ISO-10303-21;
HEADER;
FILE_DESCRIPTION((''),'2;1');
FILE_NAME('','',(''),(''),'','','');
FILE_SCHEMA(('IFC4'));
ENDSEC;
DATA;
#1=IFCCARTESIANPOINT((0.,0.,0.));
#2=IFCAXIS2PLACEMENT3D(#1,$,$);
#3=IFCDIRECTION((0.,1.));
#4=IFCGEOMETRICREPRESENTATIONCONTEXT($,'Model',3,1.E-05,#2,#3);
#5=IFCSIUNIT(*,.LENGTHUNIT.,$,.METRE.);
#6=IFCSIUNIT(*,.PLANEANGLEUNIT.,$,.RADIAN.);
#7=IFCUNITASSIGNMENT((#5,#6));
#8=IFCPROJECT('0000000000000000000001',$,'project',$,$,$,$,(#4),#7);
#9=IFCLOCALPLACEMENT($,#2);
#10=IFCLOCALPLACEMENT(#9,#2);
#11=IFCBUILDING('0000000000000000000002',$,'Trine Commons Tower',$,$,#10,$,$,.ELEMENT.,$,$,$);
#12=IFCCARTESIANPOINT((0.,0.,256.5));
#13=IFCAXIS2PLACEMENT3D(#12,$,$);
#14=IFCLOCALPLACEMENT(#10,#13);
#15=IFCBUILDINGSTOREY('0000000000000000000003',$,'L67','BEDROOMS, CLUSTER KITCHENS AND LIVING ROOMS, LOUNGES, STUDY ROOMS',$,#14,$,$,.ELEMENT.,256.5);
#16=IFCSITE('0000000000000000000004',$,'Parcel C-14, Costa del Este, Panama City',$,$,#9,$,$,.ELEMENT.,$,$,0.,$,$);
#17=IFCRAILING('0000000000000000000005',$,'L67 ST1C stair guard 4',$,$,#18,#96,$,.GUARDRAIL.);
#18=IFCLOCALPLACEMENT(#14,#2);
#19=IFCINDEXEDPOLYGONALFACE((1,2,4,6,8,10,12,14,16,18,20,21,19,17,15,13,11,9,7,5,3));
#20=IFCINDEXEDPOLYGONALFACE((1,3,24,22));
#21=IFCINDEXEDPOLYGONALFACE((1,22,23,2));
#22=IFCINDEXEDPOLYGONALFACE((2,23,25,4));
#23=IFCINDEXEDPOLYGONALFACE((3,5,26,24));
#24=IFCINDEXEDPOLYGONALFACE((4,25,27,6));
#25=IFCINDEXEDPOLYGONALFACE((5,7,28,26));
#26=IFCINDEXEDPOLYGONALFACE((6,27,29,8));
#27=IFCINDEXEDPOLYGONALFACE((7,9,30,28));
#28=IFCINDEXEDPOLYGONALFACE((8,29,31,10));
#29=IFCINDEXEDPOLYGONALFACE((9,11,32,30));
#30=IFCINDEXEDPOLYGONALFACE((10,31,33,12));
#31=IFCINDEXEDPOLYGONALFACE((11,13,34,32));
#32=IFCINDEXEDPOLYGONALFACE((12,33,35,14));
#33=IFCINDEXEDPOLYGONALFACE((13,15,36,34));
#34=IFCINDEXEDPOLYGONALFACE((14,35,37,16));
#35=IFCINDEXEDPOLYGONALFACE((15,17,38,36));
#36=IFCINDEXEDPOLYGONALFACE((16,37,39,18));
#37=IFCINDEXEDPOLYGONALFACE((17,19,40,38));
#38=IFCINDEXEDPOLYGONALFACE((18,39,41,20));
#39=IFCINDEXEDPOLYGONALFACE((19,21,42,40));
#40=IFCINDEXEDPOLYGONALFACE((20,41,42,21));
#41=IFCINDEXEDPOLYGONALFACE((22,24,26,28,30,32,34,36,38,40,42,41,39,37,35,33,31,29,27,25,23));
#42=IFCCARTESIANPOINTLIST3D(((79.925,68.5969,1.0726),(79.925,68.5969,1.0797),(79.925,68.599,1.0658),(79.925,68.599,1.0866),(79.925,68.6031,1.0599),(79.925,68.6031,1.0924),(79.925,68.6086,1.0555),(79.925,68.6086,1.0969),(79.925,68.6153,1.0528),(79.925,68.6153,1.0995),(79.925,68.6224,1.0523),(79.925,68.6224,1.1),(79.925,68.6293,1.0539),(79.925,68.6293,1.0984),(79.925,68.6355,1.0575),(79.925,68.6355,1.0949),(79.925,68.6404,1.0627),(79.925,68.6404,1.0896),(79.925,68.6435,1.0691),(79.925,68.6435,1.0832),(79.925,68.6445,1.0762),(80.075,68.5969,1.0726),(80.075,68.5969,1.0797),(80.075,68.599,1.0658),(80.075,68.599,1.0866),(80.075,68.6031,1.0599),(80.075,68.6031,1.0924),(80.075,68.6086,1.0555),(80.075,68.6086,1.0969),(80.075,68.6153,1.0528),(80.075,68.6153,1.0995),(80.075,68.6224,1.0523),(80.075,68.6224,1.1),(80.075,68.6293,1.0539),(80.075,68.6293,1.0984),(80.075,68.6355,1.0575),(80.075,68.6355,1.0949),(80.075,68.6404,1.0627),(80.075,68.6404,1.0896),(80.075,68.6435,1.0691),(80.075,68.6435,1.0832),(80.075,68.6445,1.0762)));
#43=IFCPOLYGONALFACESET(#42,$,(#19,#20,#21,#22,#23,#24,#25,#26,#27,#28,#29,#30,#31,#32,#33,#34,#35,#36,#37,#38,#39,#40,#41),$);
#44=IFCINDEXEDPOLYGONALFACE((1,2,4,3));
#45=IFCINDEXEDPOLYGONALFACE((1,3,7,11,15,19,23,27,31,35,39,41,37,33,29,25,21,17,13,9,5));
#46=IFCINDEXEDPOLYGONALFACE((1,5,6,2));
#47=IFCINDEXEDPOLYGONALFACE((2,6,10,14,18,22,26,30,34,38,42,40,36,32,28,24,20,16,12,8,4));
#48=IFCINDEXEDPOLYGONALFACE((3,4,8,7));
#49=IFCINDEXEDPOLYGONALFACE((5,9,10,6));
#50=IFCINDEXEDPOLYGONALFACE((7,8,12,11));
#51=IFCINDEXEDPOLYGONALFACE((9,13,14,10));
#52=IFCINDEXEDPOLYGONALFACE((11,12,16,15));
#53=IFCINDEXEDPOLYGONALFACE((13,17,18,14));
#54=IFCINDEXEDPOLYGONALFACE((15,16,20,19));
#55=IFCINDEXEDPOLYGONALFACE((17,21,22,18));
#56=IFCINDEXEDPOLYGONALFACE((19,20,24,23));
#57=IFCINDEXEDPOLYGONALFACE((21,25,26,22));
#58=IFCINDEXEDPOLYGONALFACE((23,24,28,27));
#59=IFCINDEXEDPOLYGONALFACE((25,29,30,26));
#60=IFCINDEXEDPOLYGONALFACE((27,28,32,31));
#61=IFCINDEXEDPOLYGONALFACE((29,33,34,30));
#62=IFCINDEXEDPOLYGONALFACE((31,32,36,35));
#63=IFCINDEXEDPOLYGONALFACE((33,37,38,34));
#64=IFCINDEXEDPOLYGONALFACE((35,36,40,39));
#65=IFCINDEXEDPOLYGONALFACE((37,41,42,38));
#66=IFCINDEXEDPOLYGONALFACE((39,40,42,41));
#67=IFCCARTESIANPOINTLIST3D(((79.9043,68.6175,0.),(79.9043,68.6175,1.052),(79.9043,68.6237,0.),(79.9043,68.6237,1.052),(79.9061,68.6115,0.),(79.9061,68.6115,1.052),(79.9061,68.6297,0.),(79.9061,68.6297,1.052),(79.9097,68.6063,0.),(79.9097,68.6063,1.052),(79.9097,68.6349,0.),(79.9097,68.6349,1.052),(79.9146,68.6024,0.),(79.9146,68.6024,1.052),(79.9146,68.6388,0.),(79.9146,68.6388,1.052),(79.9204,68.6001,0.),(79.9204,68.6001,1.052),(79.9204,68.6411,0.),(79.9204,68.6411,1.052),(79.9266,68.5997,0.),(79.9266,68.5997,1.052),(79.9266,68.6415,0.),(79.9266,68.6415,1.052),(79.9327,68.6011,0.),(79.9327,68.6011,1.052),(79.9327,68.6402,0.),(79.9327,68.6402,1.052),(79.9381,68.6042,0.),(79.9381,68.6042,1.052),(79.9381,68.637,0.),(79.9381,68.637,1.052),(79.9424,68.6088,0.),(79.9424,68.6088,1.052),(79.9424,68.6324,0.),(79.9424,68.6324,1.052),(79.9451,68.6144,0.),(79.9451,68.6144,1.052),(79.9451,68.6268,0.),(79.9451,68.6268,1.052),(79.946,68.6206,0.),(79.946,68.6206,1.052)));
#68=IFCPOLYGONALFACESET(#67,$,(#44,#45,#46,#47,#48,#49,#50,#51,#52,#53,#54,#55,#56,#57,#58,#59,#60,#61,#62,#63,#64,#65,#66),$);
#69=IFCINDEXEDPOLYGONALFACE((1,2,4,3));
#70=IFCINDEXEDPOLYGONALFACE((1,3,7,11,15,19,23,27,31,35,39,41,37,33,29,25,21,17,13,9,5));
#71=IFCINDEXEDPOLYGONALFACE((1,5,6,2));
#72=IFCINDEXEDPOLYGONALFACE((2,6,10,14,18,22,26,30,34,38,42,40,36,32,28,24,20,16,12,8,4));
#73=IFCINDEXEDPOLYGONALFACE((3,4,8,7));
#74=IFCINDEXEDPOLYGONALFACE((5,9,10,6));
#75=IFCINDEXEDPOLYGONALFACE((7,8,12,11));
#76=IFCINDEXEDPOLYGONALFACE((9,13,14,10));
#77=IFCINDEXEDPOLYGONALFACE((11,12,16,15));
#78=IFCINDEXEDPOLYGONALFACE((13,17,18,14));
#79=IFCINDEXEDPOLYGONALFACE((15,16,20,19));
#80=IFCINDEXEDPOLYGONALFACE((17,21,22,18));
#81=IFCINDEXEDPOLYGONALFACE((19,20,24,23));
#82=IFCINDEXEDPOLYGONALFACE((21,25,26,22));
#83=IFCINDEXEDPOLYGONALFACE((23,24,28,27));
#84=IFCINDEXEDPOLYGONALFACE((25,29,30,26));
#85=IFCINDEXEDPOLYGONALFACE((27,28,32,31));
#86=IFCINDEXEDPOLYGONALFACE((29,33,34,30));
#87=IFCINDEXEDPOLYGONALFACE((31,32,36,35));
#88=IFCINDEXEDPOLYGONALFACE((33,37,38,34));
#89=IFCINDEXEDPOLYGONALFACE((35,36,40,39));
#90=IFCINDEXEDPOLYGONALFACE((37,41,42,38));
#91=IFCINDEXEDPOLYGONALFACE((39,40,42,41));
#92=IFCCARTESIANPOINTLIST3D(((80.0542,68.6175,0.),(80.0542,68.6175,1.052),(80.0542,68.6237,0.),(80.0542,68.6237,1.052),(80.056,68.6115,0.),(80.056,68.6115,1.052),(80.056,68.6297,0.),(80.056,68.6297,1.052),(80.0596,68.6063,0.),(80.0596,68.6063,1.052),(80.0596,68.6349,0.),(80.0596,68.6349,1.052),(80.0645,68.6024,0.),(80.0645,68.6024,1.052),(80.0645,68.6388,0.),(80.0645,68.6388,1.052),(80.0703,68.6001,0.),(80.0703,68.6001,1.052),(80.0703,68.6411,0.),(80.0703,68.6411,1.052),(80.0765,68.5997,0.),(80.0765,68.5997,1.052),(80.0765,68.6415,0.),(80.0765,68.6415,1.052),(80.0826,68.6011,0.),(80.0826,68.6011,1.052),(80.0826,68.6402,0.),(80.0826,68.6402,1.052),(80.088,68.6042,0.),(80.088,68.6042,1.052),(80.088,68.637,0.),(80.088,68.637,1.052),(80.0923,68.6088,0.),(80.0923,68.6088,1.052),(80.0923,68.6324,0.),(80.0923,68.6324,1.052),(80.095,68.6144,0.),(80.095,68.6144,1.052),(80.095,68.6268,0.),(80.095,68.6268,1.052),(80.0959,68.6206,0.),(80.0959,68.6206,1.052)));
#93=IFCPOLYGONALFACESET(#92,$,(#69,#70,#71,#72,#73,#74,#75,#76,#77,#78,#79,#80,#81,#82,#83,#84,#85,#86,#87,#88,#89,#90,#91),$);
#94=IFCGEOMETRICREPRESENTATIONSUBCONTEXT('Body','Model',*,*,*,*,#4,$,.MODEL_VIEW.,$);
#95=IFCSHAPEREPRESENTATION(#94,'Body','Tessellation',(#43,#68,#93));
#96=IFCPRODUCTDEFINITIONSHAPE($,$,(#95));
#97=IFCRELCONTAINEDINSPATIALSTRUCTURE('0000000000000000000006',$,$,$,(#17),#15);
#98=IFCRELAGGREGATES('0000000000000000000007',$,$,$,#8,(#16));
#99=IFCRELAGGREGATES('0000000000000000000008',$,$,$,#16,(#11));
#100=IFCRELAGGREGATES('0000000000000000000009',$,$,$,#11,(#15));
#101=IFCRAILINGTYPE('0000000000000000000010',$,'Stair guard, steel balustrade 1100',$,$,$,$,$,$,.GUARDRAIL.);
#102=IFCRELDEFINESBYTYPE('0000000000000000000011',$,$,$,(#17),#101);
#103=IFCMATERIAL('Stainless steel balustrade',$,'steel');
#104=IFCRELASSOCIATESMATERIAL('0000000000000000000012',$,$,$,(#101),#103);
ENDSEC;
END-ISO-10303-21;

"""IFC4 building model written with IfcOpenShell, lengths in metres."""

from ifc_helpers import new_model, si_unit, direction, frame, origin, origin_2d, place, context, subcontext, project, spatial, circle, extrude, material, type_object, element, save


model = new_model("IFC4")

# Units and contexts
model_context = context("Model", 3, precision=1e-05, world=origin(), true_north=direction((0.0, 1.0)))
body_context = subcontext(model_context, "Body", "Model", "MODEL_VIEW")
ifc_project = project(units=[si_unit("LENGTHUNIT", "METRE"), si_unit("PLANEANGLEUNIT", "RADIAN")], contexts=[model_context])

# Site, building, storey
site_placement = place(None, origin())
site = spatial("IfcSite", under=ifc_project, at=site_placement, Name="Parcel C-14, Costa del Este, Panama City", CompositionType="ELEMENT", RefElevation=0.0)
building_placement = place(site_placement, origin())
building = spatial("IfcBuilding", under=site, at=building_placement, Name="Trine Commons Tower", CompositionType="ELEMENT")
storey_placement = place(building_placement, frame((0.0, 0.0, 256.5)))
storey = spatial("IfcBuildingStorey", under=building, at=storey_placement, Name="L67", Description="BEDROOMS, CLUSTER KITCHENS AND LIVING ROOMS, LOUNGES, STUDY ROOMS", CompositionType="ELEMENT", Elevation=256.5)

# Railing
ifc_material_1 = material(Name="Stainless steel balustrade", Category="steel")
railing_type_1 = type_object("IfcRailingType", Name="Stair guard, steel balustrade 1100", PredefinedType="GUARDRAIL", material=ifc_material_1)
railing_1_placement = place(storey_placement, frame((79.925, 68.6206, 0.0)))
element("IfcRailing", 1, at=railing_1_placement, inside=storey, type_object=railing_type_1, Name="L67 ST1C stair guard 4", PredefinedType="GUARDRAIL", context=body_context, shape_type="SweptSolid", body=[
    extrude(circle(Radius=0.0239, at=origin_2d()), frame((0.0, 0.0, 1.0762), z_axis=(1.0, 0.0, 0.0), x_axis=(0.0, 1.0, 0.0)), (0.0, 0.0, 1.0), 0.1499),
    extrude(circle(Radius=0.021, at=origin_2d()), origin(), (0.0, 0.0, 1.0), 1.052),
    extrude(circle(Radius=0.021, at=origin_2d()), frame((0.1499, 0.0, 0.0)), (0.0, 0.0, 1.0), 1.052),
])

save(model, "model.ifc")
